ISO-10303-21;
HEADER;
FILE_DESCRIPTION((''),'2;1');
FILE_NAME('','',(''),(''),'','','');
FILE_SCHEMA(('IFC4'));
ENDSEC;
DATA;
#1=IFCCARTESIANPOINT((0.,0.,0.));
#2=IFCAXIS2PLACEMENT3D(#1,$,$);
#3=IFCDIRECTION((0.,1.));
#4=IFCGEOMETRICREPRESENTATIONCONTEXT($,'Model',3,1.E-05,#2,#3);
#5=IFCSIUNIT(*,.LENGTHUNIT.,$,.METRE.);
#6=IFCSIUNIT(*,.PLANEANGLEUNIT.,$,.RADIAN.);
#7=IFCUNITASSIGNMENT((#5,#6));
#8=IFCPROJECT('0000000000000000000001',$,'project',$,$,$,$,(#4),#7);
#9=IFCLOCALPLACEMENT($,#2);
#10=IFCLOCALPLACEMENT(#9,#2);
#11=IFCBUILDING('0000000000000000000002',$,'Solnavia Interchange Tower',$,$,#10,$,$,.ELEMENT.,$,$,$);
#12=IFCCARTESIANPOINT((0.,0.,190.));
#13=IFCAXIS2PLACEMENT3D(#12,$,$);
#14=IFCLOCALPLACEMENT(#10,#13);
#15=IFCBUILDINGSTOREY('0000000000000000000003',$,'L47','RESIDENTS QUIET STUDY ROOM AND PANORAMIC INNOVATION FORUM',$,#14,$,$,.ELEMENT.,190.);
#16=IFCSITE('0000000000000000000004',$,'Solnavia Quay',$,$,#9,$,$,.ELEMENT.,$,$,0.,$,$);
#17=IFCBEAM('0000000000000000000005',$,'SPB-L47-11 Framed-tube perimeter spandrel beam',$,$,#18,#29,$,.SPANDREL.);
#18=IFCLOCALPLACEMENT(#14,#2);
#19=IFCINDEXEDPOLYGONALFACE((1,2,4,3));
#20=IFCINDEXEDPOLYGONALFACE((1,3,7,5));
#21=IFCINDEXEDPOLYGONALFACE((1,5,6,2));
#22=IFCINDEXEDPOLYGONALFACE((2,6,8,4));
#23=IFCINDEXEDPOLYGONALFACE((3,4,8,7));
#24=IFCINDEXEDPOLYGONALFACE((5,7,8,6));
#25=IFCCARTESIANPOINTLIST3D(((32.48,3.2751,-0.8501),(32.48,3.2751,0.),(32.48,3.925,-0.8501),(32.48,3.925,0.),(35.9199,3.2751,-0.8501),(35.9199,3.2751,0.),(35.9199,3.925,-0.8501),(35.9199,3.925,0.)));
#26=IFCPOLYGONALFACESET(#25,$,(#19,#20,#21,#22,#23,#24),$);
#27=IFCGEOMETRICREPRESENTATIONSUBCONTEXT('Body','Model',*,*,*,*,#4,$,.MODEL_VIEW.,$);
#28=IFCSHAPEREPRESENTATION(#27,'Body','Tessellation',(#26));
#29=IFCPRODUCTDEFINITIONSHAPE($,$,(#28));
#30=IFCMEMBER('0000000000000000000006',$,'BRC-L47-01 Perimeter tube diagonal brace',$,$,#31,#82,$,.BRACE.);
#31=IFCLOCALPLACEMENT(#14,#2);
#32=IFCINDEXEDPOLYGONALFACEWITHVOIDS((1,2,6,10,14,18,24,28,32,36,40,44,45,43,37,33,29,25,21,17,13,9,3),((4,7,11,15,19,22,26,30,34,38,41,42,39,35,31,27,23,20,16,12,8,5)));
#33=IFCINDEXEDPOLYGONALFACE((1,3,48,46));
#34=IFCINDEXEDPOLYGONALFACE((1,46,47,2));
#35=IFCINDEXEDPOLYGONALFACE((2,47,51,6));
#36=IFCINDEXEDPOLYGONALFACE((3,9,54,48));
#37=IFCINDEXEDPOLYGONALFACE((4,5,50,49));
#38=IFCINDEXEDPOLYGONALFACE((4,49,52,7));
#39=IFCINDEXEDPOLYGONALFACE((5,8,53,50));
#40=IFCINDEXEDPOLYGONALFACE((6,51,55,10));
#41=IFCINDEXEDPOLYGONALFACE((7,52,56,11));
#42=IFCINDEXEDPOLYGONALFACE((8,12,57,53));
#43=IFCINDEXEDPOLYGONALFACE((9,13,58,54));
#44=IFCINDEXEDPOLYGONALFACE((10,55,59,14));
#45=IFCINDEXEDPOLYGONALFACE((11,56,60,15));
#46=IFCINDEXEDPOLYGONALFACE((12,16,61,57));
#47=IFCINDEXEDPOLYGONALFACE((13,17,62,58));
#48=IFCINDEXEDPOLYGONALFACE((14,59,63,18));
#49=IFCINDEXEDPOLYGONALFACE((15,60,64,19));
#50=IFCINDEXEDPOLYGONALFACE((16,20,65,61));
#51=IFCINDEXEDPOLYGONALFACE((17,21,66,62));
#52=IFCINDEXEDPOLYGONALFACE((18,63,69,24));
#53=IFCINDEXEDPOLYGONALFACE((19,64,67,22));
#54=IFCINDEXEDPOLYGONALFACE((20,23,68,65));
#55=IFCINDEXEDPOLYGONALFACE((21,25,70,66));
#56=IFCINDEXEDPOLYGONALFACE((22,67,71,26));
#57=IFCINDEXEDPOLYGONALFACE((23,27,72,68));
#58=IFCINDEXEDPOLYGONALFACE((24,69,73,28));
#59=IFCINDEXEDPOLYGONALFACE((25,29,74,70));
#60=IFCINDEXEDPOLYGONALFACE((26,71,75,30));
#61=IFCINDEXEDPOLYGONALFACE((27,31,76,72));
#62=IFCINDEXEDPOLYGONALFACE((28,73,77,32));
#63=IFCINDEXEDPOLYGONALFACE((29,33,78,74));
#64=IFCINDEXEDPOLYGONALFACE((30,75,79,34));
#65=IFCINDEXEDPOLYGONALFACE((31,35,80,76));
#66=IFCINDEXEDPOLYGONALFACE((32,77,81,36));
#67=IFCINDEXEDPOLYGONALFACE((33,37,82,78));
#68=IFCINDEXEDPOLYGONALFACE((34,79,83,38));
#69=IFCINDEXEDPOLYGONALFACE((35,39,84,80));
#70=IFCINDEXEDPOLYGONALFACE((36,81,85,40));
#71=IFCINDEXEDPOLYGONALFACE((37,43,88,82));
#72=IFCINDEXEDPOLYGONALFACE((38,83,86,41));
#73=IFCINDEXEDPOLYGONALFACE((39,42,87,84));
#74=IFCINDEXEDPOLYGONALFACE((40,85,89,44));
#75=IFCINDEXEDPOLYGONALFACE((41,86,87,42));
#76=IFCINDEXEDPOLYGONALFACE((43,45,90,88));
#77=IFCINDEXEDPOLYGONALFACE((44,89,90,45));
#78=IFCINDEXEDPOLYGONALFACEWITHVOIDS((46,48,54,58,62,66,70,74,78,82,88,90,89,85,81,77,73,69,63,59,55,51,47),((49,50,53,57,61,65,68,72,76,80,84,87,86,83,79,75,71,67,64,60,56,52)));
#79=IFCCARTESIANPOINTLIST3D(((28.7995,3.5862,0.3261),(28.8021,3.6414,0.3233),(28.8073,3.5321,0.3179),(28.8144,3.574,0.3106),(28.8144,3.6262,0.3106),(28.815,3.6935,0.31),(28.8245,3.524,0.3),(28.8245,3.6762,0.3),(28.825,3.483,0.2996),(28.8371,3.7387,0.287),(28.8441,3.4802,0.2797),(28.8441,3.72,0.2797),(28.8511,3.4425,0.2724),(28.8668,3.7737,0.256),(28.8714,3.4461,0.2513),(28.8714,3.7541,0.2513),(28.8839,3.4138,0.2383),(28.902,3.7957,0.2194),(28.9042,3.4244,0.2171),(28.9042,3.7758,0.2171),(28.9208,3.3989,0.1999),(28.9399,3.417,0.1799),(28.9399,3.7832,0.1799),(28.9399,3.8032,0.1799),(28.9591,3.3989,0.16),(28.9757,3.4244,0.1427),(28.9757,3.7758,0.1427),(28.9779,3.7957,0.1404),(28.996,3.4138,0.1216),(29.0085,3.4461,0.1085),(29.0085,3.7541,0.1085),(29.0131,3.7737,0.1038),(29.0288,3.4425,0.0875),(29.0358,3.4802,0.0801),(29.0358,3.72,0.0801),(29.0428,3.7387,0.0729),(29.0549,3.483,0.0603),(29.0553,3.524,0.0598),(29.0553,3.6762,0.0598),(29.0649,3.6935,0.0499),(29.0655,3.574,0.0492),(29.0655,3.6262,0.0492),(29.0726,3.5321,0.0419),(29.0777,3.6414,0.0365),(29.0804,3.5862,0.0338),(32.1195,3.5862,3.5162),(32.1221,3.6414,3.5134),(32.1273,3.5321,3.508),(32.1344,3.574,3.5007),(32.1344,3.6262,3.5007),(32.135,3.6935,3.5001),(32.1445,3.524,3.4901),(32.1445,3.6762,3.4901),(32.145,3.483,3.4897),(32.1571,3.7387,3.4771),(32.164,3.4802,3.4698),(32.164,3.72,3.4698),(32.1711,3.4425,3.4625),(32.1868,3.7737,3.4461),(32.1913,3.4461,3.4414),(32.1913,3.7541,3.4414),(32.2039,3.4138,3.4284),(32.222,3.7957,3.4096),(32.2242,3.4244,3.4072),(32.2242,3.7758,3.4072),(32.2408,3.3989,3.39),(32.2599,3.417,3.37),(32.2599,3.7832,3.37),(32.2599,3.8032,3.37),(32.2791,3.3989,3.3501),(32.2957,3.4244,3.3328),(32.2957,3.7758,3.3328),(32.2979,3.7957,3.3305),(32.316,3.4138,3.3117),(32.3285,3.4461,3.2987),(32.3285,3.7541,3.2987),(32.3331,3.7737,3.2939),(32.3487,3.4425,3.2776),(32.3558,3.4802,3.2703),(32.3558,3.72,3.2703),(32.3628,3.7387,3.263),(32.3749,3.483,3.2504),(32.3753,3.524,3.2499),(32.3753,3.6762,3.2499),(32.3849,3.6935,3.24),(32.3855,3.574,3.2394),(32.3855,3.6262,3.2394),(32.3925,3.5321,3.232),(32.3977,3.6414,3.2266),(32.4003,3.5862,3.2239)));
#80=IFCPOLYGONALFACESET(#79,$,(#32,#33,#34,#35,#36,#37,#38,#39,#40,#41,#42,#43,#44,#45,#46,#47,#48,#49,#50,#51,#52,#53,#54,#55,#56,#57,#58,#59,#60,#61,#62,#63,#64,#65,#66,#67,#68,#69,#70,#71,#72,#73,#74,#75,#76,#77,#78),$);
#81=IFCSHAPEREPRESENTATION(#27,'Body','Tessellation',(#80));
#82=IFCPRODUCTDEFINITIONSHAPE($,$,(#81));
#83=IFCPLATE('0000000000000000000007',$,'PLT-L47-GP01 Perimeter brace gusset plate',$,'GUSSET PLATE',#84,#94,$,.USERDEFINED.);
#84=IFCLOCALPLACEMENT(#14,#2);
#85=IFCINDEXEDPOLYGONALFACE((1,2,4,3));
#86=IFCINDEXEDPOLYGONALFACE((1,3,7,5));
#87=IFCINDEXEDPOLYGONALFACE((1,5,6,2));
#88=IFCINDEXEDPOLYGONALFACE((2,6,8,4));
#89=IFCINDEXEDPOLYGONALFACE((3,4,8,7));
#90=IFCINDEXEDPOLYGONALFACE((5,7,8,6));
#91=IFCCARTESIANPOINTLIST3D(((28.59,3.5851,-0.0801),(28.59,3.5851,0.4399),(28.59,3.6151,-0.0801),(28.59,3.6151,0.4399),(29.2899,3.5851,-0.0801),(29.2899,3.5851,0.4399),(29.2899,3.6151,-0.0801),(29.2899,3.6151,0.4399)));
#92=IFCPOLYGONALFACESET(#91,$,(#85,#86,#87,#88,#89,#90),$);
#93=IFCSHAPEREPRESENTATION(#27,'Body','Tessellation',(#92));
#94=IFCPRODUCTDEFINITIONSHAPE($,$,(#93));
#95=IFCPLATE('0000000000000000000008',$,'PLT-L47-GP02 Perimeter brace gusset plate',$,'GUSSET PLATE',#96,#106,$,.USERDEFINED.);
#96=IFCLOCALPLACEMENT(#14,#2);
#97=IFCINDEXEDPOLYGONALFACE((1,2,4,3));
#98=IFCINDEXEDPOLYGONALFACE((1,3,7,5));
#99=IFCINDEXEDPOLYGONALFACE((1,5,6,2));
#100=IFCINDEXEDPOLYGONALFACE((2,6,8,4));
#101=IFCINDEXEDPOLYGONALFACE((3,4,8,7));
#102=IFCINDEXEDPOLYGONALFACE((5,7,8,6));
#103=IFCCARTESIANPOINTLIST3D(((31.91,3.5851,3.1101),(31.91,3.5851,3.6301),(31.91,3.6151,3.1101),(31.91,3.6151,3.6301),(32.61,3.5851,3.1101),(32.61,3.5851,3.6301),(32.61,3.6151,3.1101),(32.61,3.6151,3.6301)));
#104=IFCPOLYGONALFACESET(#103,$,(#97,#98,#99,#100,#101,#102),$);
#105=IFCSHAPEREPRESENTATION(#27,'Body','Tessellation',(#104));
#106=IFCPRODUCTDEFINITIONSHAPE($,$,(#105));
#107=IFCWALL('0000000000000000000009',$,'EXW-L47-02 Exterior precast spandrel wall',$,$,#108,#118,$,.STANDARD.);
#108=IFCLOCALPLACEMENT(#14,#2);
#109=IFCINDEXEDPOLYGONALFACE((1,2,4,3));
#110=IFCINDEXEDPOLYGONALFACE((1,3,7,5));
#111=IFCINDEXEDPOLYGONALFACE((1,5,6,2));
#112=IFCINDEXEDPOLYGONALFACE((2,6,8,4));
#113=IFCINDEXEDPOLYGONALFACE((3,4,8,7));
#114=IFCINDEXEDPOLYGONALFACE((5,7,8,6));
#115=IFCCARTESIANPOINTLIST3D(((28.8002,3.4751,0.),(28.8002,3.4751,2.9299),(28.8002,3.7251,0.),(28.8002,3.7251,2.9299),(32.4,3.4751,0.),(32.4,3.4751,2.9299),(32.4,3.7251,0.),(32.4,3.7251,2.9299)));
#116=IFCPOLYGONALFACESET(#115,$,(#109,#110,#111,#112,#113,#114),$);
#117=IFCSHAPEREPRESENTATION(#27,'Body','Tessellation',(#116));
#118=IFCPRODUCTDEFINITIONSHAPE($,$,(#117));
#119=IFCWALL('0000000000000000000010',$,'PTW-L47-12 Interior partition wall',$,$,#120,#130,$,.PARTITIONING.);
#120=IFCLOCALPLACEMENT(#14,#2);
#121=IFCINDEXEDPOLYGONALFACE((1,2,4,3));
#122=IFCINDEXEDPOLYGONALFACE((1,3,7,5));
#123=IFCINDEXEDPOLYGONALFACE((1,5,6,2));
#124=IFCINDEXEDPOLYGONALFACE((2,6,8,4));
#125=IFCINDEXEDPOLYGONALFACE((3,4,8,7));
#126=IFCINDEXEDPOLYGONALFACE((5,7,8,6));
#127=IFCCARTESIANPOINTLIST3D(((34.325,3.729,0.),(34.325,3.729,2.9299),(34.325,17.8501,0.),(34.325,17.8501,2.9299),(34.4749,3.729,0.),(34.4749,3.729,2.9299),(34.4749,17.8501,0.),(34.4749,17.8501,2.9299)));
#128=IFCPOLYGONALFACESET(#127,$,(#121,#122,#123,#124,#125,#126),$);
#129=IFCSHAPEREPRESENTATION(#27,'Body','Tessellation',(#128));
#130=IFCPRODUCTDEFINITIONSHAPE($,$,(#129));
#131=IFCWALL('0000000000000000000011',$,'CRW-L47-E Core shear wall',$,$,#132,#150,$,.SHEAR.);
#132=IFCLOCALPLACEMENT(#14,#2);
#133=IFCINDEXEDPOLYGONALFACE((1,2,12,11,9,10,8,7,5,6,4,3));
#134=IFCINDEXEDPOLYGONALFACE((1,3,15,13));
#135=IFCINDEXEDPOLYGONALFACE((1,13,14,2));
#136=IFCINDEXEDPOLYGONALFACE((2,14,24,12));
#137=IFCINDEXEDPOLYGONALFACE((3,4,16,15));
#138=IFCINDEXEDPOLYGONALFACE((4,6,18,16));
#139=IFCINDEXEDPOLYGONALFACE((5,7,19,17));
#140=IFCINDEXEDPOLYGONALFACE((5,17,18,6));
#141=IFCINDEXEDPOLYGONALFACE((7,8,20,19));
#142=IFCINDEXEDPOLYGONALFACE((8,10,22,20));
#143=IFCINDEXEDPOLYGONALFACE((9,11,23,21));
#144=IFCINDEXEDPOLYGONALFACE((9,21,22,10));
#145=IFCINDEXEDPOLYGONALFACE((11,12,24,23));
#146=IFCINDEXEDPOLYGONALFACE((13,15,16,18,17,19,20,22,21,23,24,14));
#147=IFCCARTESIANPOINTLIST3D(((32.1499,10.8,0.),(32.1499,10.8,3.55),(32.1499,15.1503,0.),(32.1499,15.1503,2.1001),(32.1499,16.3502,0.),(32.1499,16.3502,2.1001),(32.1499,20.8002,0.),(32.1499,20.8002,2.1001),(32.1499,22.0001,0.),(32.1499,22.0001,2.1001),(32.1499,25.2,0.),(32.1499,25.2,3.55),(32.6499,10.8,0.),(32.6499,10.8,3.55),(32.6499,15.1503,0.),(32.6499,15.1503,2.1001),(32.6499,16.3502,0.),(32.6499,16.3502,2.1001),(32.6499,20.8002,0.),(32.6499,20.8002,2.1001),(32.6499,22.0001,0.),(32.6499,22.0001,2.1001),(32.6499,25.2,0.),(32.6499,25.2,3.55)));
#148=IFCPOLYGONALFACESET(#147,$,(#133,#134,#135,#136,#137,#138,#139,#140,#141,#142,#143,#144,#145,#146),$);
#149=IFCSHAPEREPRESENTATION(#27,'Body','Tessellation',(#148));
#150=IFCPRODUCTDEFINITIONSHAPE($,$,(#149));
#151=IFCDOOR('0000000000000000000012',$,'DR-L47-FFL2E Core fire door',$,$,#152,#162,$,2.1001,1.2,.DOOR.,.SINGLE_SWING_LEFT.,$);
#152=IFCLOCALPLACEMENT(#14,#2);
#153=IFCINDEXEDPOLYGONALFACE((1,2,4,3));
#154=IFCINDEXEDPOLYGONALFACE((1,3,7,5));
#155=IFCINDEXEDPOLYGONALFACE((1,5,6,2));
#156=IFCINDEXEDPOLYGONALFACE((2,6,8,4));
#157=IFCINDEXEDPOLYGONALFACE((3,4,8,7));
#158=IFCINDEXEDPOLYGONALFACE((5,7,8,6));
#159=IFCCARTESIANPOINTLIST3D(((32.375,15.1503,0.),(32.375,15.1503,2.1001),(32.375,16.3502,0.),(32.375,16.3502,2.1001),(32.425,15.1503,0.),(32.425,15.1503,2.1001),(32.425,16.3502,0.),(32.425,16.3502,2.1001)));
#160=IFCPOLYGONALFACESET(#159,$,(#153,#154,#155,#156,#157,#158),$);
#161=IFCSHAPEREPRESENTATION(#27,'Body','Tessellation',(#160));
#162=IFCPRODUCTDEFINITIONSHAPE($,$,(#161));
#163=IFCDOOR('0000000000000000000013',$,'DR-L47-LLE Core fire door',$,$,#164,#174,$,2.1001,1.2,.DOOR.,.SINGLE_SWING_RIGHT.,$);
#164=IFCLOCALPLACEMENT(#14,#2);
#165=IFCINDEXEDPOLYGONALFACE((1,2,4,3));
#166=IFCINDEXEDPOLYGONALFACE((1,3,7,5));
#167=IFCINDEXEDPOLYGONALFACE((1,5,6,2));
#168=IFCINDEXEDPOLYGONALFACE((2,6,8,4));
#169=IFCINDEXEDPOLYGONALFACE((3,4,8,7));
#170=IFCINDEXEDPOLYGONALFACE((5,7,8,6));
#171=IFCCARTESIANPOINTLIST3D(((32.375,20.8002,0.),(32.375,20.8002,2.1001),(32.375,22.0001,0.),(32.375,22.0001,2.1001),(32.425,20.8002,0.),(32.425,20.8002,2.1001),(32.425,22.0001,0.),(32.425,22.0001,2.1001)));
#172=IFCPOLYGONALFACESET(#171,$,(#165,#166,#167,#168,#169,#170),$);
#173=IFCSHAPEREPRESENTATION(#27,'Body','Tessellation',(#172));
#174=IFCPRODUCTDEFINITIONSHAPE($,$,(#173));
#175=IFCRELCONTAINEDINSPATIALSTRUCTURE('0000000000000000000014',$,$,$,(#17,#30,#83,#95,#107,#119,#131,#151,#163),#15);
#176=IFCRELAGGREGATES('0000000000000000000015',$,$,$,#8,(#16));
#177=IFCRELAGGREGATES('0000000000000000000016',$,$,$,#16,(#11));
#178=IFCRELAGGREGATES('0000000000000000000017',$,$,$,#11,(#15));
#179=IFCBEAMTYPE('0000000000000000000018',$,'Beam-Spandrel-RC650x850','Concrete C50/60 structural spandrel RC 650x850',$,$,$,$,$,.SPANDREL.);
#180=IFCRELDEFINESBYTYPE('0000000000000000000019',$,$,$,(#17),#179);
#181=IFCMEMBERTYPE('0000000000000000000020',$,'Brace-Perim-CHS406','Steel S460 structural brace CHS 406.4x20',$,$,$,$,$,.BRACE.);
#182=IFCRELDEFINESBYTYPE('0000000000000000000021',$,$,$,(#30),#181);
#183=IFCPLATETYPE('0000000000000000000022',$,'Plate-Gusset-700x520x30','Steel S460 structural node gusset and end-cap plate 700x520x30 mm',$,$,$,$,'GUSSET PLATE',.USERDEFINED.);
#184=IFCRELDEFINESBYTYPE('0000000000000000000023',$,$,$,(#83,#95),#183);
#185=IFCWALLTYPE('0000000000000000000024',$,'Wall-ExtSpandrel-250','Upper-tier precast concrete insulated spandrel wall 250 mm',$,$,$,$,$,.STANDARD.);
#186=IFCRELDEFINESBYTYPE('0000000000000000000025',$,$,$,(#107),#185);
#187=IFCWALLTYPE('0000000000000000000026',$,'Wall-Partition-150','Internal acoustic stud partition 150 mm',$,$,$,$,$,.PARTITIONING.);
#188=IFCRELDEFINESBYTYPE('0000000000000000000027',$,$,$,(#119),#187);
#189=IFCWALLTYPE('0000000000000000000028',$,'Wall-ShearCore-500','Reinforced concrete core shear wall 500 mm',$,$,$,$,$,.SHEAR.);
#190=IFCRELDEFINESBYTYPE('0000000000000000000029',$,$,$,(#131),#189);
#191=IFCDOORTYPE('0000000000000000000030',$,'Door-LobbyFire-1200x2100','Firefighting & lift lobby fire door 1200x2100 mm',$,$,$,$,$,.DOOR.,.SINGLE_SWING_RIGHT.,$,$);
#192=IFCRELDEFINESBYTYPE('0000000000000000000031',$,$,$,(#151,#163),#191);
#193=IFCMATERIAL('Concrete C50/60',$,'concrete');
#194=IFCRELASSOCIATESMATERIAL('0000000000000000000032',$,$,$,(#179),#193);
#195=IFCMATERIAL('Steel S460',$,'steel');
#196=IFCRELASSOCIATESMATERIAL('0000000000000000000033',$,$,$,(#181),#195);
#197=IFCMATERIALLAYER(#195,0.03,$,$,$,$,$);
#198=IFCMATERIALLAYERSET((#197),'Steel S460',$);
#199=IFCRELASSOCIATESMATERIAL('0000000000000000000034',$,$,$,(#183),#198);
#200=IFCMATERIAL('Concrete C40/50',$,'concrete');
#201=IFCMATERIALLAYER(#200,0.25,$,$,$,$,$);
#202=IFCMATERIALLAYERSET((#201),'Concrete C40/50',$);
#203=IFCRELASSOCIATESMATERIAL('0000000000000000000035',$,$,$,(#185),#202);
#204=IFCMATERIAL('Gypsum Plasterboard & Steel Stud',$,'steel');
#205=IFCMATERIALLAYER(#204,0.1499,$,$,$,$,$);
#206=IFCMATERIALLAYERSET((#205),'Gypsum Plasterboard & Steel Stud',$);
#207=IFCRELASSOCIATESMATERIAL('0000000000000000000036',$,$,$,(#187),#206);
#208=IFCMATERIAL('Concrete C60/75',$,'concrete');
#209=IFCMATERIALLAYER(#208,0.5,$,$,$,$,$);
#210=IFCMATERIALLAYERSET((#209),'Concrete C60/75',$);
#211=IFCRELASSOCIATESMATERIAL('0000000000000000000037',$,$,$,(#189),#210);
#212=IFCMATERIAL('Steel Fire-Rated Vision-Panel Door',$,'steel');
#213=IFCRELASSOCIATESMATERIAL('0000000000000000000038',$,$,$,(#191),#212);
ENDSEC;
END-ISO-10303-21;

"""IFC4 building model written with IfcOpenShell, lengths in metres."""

from ifc_helpers import new_model, si_unit, direction, frame, frame_2d, origin, origin_2d, place, context, subcontext, project, spatial, rectangle, hollow_circle, extrude, material, layer, layer_set, material_profile, profile_set, type_object, element, fill, save


model = new_model("IFC4")

# Units and contexts
model_context = context("Model", 3, precision=1e-05, world=origin(), true_north=direction((0.0, 1.0)))
body_context = subcontext(model_context, "Body", "Model", "MODEL_VIEW")
ifc_project = project(units=[si_unit("LENGTHUNIT", "METRE"), si_unit("PLANEANGLEUNIT", "RADIAN")], contexts=[model_context])

# Site, building, storey
site_placement = place(None, origin())
site = spatial("IfcSite", under=ifc_project, at=site_placement, Name="Solnavia Quay", CompositionType="ELEMENT", RefElevation=0.0)
building_placement = place(site_placement, origin())
building = spatial("IfcBuilding", under=site, at=building_placement, Name="Solnavia Interchange Tower", CompositionType="ELEMENT")
storey_placement = place(building_placement, frame((0.0, 0.0, 190.0)))
storey = spatial("IfcBuildingStorey", under=building, at=storey_placement, Name="L47", Description="RESIDENTS QUIET STUDY ROOM AND PANORAMIC INNOVATION FORUM", CompositionType="ELEMENT", Elevation=190.0)

# Shared definitions
ifc_material_1 = material(Name="Concrete C50/60", Category="concrete")

# Beam
ifc_material_2 = material(Name="Steel S460", Category="steel")
ifc_material_profile_1 = material_profile(ifc_material_1, rectangle(XDim=0.6499, YDim=0.8501, at=origin_2d()), Name="RC 650x850")
ifc_profile_set_1 = profile_set([ifc_material_profile_1], Name="Concrete C50/60")
beam_type_1 = type_object("IfcBeamType", Name="Beam-Spandrel-RC650x850", Description="Concrete C50/60 structural spandrel RC 650x850", PredefinedType="SPANDREL", material=ifc_profile_set_1)
beam_1_placement = place(storey_placement, frame((32.48, 3.6001, -0.425), z_axis=(1.0, 0.0, 0.0), x_axis=(0.0, 1.0, 0.0)))
element("IfcBeam", 1, at=beam_1_placement, inside=storey, type_object=beam_type_1, Name="SPB-L47-11 Framed-tube perimeter spandrel beam", PredefinedType="SPANDREL", context=body_context, shape_type="SweptSolid", body=[
    extrude(rectangle(XDim=0.6499, YDim=0.8501, at=origin_2d()), origin(), (0.0, 0.0, 1.0), 3.4399),
])

# Member
ifc_material_profile_2 = material_profile(ifc_material_2, hollow_circle(Radius=0.2031, WallThickness=0.02, at=origin_2d()), Name="CHS 406.4x20")
ifc_profile_set_2 = profile_set([ifc_material_profile_2], Name="Steel S460")
member_type = type_object("IfcMemberType", Name="Brace-Perim-CHS406", Description="Steel S460 structural brace CHS 406.4x20", PredefinedType="BRACE", material=ifc_profile_set_2)
member_placement = place(storey_placement, frame((28.9399, 3.6001, 0.1799), z_axis=(0.72107, 0.0, 0.692862), x_axis=(0.0, 1.0, 0.0)))
element("IfcMember", 2, at=member_placement, inside=storey, type_object=member_type, Name="BRC-L47-01 Perimeter tube diagonal brace", PredefinedType="BRACE", context=body_context, shape_type="SweptSolid", body=[
    extrude(hollow_circle(Radius=0.2031, WallThickness=0.02, at=origin_2d()), origin(), (0.0, 0.0, 1.0), 4.6042),
])

# Plates
ifc_layer_1 = layer(ifc_material_2, 0.03)
ifc_layer_set_1 = layer_set([ifc_layer_1], Name="Steel S460")
plate_type = type_object("IfcPlateType", Name="Plate-Gusset-700x520x30", Description="Steel S460 structural node gusset and end-cap plate 700x520x30 mm", ElementType="GUSSET PLATE", PredefinedType="USERDEFINED", material=ifc_layer_set_1)
for number, where, z_axis, x_axis, name in (
    (3, (28.9399, 3.6001, -0.0801), (0.0, 0.0, 1.0), (1.0, 0.0, 0.0), "PLT-L47-GP01 Perimeter brace gusset plate"),
    (4, (32.26, 3.6001, 3.1101), (0.0, 0.0, 1.0), (1.0, 0.0, 0.0), "PLT-L47-GP02 Perimeter brace gusset plate"),
):
    element("IfcPlate", number, at=place(storey_placement, frame(where, z_axis=z_axis, x_axis=x_axis)), inside=storey, type_object=plate_type, Name=name, ObjectType="GUSSET PLATE", PredefinedType="USERDEFINED", context=body_context, shape_type="SweptSolid", body=[
        extrude(rectangle(XDim=0.7, YDim=0.03, at=origin_2d()), origin(), (0.0, 0.0, 1.0), 0.52),
    ])

# Walls
ifc_material_3 = material(Name="Concrete C40/50", Category="concrete")
ifc_layer_2 = layer(ifc_material_3, 0.25)
ifc_layer_set_2 = layer_set([ifc_layer_2], Name="Concrete C40/50")
wall_type_1 = type_object("IfcWallType", Name="Wall-ExtSpandrel-250", Description="Upper-tier precast concrete insulated spandrel wall 250 mm", PredefinedType="STANDARD", material=ifc_layer_set_2)
wall_1_placement = place(storey_placement, frame((32.3999, 3.6001, 0.0), z_axis=(0.0, 0.0, 1.0), x_axis=(-1.0, 0.0, 0.0)))
element("IfcWall", 5, at=wall_1_placement, inside=storey, type_object=wall_type_1, Name="EXW-L47-02 Exterior precast spandrel wall", PredefinedType="STANDARD", context=body_context, shape_type="SweptSolid", body=[
    extrude(rectangle(XDim=3.5999, YDim=0.25, at=frame_2d((1.7998, 0.0))), origin(), (0.0, 0.0, 1.0), 2.9299),
])
ifc_material_4 = material(Name="Gypsum Plasterboard & Steel Stud", Category="steel")
ifc_layer_3 = layer(ifc_material_4, 0.1499)
ifc_layer_set_3 = layer_set([ifc_layer_3], Name="Gypsum Plasterboard & Steel Stud")
wall_type_2 = type_object("IfcWallType", Name="Wall-Partition-150", Description="Internal acoustic stud partition 150 mm", PredefinedType="PARTITIONING", material=ifc_layer_set_3)
wall_2_placement = place(storey_placement, frame((34.3999, 3.729, 0.0), z_axis=(0.0, 0.0, 1.0), x_axis=(0.0, 1.0, 0.0)))
element("IfcWall", 6, at=wall_2_placement, inside=storey, type_object=wall_type_2, Name="PTW-L47-12 Interior partition wall", PredefinedType="PARTITIONING", context=body_context, shape_type="SweptSolid", body=[
    extrude(rectangle(XDim=14.1211, YDim=0.1499, at=frame_2d((7.0605, 0.0))), origin(), (0.0, 0.0, 1.0), 2.9299),
])

# Wall, openings, doors
ifc_material_5 = material(Name="Concrete C60/75", Category="concrete")
ifc_layer_4 = layer(ifc_material_5, 0.5)
ifc_layer_set_4 = layer_set([ifc_layer_4], Name="Concrete C60/75")
wall_type_3 = type_object("IfcWallType", Name="Wall-ShearCore-500", Description="Reinforced concrete core shear wall 500 mm", PredefinedType="SHEAR", material=ifc_layer_set_4)
wall_3_placement = place(storey_placement, frame((32.3999, 10.8, 0.0), z_axis=(0.0, 0.0, 1.0), x_axis=(0.0, 1.0, 0.0)))
wall_3 = element("IfcWall", 7, at=wall_3_placement, inside=storey, type_object=wall_type_3, Name="CRW-L47-E Core shear wall", PredefinedType="SHEAR", context=body_context, shape_type="SweptSolid", body=[
    extrude(rectangle(XDim=14.3999, YDim=0.5, at=frame_2d((7.2, 0.0))), origin(), (0.0, 0.0, 1.0), 3.55),
])
opening_1_placement = place(wall_3_placement, frame((4.3501, 0.0, 0.0)))
opening_1 = element("IfcOpeningElement", 8, at=opening_1_placement, cuts=wall_3, PredefinedType="OPENING", context=body_context, shape_type="SweptSolid", body=[
    extrude(rectangle(XDim=1.2, YDim=2.1001, at=frame_2d((0.6001, 1.05))), frame((0.0, 0.26, 0.0), z_axis=(0.0, -1.0, 0.0), x_axis=(1.0, 0.0, 0.0)), (0.0, 0.0, 1.0), 0.52),
])
opening_2_placement = place(wall_3_placement, frame((10.0, 0.0, 0.0)))
opening_2 = element("IfcOpeningElement", 9, at=opening_2_placement, cuts=wall_3, PredefinedType="OPENING", context=body_context, shape_type="SweptSolid", body=[
    extrude(rectangle(XDim=1.2, YDim=2.1001, at=frame_2d((0.6001, 1.05))), frame((0.0, 0.26, 0.0), z_axis=(0.0, -1.0, 0.0), x_axis=(1.0, 0.0, 0.0)), (0.0, 0.0, 1.0), 0.52),
])
ifc_material_6 = material(Name="Steel Fire-Rated Vision-Panel Door", Category="steel")
door_type = type_object("IfcDoorType", Name="Door-LobbyFire-1200x2100", Description="Firefighting & lift lobby fire door 1200x2100 mm", OperationType="SINGLE_SWING_RIGHT", PredefinedType="DOOR", material=ifc_material_6)
door_1_placement = place(opening_1_placement, origin())
door_1 = element("IfcDoor", 10, at=door_1_placement, inside=storey, type_object=door_type, Name="DR-L47-FFL2E Core fire door", OperationType="SINGLE_SWING_LEFT", OverallHeight=2.1001, OverallWidth=1.2, PredefinedType="DOOR", context=body_context, shape_type="SweptSolid", body=[
    extrude(rectangle(XDim=1.2, YDim=2.1001, at=frame_2d((0.6001, 1.05))), frame((0.0, 0.0249, 0.0), z_axis=(0.0, -1.0, 0.0), x_axis=(1.0, 0.0, 0.0)), (0.0, 0.0, 1.0), 0.05),
])
fill(opening_1, door_1)
door_2_placement = place(opening_2_placement, origin())
door_2 = element("IfcDoor", 11, at=door_2_placement, inside=storey, type_object=door_type, Name="DR-L47-LLE Core fire door", OperationType="SINGLE_SWING_RIGHT", OverallHeight=2.1001, OverallWidth=1.2, PredefinedType="DOOR", context=body_context, shape_type="SweptSolid", body=[
    extrude(rectangle(XDim=1.2, YDim=2.1001, at=frame_2d((0.6001, 1.05))), frame((0.0, 0.0249, 0.0), z_axis=(0.0, -1.0, 0.0), x_axis=(1.0, 0.0, 0.0)), (0.0, 0.0, 1.0), 0.05),
])
fill(opening_2, door_2)

save(model, "model.ifc")
